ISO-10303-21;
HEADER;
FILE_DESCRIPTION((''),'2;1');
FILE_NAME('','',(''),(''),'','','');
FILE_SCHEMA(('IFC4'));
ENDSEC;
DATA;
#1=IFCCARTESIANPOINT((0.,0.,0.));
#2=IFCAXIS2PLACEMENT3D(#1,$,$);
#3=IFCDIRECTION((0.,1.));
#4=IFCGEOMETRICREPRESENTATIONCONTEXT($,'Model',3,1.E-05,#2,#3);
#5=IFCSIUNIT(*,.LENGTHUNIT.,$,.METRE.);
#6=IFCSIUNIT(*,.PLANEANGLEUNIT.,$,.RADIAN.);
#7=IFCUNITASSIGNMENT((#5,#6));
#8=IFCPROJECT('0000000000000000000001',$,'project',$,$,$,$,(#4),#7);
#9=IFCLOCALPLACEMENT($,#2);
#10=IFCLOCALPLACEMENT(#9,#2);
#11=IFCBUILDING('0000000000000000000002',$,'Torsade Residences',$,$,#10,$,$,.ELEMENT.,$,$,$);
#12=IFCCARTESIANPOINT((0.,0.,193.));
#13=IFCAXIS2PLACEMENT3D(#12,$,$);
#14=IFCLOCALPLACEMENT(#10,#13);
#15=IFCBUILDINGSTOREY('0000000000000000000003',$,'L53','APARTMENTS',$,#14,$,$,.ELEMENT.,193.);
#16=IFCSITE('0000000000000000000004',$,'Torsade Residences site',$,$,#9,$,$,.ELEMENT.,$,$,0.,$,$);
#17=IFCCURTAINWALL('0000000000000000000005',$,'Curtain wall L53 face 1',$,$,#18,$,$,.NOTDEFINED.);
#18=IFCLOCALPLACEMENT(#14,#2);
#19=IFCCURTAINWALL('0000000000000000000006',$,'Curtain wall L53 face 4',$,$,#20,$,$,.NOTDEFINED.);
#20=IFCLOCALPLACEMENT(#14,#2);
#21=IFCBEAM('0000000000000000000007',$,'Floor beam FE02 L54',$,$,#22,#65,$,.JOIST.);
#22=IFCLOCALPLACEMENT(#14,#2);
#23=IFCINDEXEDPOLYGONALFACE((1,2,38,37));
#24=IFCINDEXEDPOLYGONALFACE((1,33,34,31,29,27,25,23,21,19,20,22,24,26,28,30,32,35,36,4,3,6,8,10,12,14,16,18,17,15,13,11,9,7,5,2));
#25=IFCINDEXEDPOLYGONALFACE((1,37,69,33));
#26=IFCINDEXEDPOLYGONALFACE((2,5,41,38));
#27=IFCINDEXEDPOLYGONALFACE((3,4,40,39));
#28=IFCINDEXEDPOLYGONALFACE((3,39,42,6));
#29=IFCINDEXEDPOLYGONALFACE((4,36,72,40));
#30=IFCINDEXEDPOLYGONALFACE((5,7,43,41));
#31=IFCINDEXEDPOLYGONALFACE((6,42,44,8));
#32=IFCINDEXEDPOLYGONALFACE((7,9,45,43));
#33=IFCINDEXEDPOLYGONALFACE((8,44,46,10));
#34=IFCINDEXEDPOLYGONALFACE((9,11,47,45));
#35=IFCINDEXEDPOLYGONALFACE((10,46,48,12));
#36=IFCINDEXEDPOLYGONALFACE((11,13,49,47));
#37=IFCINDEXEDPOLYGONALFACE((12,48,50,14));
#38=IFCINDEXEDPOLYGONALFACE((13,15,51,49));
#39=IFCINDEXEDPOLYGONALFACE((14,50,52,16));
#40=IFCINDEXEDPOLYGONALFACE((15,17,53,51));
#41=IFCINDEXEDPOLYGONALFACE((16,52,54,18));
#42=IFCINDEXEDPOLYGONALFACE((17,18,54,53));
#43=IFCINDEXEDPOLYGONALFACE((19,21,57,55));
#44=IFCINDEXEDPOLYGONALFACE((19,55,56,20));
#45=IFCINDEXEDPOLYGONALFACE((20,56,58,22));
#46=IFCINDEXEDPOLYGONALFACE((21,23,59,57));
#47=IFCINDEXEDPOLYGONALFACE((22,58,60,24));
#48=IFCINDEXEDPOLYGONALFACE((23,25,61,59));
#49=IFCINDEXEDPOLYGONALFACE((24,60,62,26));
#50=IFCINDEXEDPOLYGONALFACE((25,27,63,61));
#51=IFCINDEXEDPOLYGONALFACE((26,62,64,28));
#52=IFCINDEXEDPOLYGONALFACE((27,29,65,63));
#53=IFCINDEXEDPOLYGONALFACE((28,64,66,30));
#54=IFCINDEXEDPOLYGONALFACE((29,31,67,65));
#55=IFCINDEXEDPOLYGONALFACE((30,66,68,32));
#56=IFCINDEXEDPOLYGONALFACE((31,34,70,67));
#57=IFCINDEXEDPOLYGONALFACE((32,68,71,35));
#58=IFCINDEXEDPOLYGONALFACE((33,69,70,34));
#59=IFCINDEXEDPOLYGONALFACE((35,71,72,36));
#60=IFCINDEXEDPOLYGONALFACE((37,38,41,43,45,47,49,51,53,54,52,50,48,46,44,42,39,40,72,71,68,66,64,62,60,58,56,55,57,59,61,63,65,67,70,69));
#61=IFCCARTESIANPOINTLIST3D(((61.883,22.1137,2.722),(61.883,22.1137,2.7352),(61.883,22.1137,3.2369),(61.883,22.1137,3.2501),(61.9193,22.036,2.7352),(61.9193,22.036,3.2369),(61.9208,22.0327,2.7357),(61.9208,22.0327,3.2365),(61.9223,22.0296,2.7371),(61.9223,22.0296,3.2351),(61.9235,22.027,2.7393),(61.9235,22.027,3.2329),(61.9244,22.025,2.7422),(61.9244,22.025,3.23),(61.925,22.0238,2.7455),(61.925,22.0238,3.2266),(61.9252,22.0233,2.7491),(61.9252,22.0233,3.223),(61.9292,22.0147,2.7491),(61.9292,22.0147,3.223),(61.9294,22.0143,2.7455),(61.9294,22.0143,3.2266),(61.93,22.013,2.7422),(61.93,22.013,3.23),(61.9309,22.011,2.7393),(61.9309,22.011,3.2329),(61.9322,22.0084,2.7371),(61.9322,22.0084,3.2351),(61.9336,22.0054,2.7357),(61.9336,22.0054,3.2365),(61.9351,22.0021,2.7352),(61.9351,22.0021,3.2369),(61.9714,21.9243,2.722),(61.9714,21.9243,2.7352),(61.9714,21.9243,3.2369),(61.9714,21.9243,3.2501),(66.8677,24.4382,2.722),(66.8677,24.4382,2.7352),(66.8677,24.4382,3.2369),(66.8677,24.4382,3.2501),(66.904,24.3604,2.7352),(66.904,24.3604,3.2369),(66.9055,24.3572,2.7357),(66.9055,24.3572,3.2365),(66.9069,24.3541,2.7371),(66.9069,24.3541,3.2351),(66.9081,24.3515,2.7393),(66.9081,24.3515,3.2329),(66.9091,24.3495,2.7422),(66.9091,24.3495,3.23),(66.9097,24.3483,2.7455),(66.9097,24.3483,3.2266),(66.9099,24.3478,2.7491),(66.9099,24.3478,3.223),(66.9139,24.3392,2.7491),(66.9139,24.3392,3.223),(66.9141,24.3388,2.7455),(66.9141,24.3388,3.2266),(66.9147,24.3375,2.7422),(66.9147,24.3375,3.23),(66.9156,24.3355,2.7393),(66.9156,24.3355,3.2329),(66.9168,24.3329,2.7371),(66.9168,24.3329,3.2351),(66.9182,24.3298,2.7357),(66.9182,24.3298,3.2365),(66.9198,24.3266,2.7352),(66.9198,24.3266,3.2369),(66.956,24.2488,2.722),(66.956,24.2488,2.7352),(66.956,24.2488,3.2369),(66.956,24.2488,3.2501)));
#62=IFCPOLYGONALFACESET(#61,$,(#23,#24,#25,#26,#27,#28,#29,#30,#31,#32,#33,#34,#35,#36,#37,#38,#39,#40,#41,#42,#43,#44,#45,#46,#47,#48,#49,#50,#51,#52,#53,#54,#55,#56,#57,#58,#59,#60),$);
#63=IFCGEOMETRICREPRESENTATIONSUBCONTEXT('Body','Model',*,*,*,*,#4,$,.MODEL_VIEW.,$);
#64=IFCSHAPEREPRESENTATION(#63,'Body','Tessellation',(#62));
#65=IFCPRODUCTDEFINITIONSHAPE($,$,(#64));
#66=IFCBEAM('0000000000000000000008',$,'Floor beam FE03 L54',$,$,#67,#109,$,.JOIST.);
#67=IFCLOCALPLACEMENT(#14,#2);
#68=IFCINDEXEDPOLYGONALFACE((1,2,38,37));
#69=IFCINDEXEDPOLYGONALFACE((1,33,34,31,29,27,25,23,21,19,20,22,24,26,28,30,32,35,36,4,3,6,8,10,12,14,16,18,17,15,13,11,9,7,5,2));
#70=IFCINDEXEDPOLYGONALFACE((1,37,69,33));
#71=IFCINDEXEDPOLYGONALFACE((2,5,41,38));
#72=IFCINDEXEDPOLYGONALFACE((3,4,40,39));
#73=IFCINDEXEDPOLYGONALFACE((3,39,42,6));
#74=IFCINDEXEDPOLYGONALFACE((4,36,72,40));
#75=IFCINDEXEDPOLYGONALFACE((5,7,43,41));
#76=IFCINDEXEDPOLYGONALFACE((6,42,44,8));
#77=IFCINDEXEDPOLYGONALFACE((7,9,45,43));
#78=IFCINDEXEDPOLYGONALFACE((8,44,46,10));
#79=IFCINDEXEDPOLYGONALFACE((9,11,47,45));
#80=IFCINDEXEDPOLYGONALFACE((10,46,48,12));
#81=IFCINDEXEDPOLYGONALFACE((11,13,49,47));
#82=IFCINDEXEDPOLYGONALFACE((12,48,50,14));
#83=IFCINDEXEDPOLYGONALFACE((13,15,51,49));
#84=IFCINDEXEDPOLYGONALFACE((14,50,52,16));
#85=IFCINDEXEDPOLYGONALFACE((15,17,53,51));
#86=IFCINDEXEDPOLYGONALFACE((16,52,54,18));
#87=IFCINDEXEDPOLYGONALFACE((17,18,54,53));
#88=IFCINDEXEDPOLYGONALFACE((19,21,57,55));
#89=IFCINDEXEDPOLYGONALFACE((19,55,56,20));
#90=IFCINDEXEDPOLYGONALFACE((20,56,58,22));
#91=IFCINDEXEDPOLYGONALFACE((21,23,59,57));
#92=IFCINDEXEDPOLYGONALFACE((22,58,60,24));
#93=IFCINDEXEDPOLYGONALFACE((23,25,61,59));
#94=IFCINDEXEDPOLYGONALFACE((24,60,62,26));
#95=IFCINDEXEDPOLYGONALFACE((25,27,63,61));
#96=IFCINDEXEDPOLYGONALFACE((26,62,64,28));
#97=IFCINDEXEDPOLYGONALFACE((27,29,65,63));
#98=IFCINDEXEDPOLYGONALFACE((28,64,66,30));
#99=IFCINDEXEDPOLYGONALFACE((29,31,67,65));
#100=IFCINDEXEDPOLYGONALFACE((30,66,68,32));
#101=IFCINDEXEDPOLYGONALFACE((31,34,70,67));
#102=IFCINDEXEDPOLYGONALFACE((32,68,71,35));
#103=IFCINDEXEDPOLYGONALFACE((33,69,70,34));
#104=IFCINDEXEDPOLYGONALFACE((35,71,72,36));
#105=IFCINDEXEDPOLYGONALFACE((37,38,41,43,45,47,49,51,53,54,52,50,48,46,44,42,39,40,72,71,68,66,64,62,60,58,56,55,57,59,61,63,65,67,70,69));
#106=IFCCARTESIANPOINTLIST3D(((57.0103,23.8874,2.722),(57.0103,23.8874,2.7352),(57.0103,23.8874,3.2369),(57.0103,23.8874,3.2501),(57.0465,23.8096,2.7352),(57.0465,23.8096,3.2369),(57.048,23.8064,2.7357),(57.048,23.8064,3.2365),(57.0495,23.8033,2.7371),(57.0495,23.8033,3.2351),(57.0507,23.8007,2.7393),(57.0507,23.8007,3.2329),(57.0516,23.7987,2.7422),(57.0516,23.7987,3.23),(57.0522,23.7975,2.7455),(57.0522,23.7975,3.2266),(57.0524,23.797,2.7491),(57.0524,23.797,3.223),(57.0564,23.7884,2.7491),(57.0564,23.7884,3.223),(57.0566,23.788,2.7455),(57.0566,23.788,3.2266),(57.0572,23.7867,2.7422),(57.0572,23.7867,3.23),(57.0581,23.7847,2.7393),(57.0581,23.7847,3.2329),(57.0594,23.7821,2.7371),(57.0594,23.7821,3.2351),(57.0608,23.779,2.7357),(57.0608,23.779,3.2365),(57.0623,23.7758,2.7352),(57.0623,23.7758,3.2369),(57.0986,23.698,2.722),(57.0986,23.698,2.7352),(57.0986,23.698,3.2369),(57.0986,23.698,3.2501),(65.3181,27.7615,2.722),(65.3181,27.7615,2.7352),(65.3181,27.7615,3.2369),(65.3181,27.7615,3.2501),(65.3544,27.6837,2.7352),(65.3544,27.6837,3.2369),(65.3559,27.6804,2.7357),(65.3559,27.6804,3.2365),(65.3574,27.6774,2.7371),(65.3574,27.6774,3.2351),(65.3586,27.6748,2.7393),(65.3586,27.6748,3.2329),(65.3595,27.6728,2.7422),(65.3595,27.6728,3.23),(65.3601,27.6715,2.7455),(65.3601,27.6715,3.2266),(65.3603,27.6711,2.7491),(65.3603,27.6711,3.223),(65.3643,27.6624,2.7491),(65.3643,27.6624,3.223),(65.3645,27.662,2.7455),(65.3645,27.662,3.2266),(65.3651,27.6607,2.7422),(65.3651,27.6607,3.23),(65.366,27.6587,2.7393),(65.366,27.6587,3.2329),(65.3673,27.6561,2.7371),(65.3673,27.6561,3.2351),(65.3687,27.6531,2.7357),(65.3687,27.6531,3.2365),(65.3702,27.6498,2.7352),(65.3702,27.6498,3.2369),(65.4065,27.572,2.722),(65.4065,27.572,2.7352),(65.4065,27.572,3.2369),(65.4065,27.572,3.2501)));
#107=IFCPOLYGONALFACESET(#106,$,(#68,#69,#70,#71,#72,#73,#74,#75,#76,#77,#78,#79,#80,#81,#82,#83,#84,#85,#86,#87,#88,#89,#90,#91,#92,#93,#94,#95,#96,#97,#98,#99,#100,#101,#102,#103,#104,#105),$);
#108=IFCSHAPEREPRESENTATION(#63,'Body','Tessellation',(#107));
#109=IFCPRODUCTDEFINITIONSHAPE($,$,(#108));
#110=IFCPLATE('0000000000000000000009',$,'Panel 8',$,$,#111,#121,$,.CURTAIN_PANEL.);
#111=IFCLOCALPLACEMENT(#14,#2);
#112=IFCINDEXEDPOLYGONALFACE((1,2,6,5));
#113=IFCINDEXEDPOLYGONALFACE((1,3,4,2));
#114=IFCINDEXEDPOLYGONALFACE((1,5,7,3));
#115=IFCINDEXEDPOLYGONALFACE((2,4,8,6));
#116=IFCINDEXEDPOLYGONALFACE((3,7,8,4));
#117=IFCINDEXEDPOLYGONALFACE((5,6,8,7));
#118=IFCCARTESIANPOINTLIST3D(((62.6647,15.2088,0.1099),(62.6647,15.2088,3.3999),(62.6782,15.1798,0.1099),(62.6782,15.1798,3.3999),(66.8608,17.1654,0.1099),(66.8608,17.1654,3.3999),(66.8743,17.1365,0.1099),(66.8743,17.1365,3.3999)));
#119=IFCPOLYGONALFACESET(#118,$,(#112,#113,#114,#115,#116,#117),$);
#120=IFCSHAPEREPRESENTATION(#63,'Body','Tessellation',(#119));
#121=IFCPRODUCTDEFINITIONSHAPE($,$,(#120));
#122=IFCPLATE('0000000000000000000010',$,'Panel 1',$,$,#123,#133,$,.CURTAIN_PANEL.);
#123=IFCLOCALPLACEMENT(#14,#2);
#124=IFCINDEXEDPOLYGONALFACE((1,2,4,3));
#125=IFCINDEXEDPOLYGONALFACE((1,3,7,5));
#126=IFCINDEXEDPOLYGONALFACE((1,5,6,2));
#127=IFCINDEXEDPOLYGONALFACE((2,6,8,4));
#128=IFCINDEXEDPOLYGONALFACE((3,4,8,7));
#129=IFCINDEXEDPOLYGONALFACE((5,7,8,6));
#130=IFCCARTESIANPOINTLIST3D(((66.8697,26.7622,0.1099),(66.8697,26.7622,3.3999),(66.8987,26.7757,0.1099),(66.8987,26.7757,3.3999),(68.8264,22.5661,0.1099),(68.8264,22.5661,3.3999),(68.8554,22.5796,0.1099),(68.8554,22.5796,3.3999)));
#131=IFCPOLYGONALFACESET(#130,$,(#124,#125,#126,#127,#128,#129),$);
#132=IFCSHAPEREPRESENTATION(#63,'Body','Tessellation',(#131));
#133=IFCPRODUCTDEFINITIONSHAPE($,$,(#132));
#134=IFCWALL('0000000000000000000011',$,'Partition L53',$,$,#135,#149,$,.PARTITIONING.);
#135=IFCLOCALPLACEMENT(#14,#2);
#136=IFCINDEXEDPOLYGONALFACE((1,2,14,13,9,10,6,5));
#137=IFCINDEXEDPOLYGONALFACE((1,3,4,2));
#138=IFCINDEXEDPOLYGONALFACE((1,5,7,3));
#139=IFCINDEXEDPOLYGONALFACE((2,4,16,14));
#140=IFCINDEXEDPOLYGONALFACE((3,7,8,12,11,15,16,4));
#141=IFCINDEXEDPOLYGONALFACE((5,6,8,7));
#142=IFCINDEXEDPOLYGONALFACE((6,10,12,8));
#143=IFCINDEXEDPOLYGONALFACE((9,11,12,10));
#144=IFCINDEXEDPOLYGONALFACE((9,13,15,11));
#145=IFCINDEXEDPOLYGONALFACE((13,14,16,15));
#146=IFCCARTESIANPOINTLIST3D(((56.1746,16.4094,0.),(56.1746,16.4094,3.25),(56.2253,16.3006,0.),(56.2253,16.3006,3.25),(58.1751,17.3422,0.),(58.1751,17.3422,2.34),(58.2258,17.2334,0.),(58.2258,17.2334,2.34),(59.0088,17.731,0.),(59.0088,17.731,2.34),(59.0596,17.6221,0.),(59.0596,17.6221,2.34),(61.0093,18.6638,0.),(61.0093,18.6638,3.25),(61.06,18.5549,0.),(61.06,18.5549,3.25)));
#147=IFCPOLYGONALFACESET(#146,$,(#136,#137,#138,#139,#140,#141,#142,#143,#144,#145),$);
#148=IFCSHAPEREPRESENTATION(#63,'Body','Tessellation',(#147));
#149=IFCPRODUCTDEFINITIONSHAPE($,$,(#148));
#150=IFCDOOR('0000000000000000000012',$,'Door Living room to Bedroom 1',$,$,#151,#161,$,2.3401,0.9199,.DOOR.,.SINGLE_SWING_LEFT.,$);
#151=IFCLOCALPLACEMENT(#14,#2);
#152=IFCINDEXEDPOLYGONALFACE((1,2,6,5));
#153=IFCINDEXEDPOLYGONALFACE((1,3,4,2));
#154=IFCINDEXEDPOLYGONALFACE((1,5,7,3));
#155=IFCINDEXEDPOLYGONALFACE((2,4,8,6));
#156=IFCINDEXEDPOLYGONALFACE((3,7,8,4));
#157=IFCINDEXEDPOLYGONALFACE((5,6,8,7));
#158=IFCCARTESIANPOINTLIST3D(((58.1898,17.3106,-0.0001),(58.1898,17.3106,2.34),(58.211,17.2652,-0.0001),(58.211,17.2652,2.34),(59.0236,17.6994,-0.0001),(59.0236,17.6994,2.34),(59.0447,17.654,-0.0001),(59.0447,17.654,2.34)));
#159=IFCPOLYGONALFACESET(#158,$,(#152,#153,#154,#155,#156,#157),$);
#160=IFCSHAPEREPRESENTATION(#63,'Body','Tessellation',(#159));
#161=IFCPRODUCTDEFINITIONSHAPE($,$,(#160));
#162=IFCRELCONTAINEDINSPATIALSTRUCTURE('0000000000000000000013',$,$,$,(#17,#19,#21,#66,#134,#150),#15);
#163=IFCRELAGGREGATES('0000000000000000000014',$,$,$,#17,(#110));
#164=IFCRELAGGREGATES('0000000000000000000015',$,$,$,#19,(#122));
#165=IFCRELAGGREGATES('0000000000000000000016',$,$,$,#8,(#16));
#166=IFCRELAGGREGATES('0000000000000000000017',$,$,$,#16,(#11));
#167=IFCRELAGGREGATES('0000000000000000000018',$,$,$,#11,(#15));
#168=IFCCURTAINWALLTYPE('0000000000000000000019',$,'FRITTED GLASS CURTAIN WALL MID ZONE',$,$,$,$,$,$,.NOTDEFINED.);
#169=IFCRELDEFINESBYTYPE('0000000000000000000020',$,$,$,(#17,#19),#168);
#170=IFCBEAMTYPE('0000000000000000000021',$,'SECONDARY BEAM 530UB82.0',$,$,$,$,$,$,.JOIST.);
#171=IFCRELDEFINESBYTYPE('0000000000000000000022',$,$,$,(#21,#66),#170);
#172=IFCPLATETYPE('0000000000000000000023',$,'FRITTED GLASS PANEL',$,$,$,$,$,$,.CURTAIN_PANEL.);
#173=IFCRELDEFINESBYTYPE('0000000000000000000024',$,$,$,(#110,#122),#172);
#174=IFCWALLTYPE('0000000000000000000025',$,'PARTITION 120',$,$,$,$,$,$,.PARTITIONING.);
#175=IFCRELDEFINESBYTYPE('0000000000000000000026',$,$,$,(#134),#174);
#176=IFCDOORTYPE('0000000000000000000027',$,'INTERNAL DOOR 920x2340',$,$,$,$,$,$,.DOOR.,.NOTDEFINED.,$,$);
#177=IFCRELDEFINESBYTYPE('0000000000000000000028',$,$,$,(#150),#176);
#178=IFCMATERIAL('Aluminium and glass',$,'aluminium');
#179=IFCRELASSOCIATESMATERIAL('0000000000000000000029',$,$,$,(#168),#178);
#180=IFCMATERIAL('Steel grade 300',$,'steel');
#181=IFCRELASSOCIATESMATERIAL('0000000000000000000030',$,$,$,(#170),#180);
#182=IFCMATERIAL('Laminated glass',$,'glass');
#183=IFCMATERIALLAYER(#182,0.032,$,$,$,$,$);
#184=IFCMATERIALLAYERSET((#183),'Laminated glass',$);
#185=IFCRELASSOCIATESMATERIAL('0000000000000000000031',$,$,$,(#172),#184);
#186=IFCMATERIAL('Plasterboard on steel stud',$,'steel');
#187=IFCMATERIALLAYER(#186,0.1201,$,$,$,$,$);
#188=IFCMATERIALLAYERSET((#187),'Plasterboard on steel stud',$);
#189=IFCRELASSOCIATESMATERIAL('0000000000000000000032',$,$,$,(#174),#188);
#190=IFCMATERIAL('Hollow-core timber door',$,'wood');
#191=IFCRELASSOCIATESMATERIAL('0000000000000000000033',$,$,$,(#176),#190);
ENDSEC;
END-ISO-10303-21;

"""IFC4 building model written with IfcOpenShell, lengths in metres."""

from ifc_helpers import new_model, si_unit, direction, frame, frame_2d, origin, origin_2d, place, context, subcontext, project, spatial, rectangle, i_section, extrude, material, layer, layer_set, material_profile, profile_set, type_object, element, fill, aggregate, save


model = new_model("IFC4")

# Units and contexts
model_context = context("Model", 3, precision=1e-05, world=origin(), true_north=direction((0.0, 1.0)))
body_context = subcontext(model_context, "Body", "Model", "MODEL_VIEW")
ifc_project = project(units=[si_unit("LENGTHUNIT", "METRE"), si_unit("PLANEANGLEUNIT", "RADIAN")], contexts=[model_context])

# Site, building, storey
site_placement = place(None, origin())
site = spatial("IfcSite", under=ifc_project, at=site_placement, Name="Torsade Residences site", CompositionType="ELEMENT", RefElevation=0.0)
building_placement = place(site_placement, origin())
building = spatial("IfcBuilding", under=site, at=building_placement, Name="Torsade Residences", CompositionType="ELEMENT")
storey_placement = place(building_placement, frame((0.0, 0.0, 193.0)))
storey = spatial("IfcBuildingStorey", under=building, at=storey_placement, Name="L53", Description="APARTMENTS", CompositionType="ELEMENT", Elevation=193.0)

# Curtain walls
ifc_material_1 = material(Name="Aluminium and glass", Category="aluminium")
curtain_wall_type = type_object("IfcCurtainWallType", Name="FRITTED GLASS CURTAIN WALL MID ZONE", PredefinedType="NOTDEFINED", material=ifc_material_1)
curtain_wall_1_placement = place(storey_placement, origin())
curtain_wall_1 = element("IfcCurtainWall", 1, at=curtain_wall_1_placement, inside=storey, type_object=curtain_wall_type, Name="Curtain wall L53 face 1", PredefinedType="NOTDEFINED")
curtain_wall_2_placement = place(storey_placement, origin())
curtain_wall_2 = element("IfcCurtainWall", 2, at=curtain_wall_2_placement, inside=storey, type_object=curtain_wall_type, Name="Curtain wall L53 face 4", PredefinedType="NOTDEFINED")

# Beams
ifc_material_2 = material(Name="Steel grade 300", Category="steel")
ifc_material_profile_1 = material_profile(ifc_material_2, i_section(OverallWidth=0.209, OverallDepth=0.5281, WebThickness=0.0095, FlangeThickness=0.0132, FilletRadius=0.0139, at=origin_2d()), Name="530UB82.0")
ifc_profile_set_1 = profile_set([ifc_material_profile_1], Name="Steel grade 300")
beam_type_1 = type_object("IfcBeamType", Name="SECONDARY BEAM 530UB82.0", PredefinedType="JOIST", material=ifc_profile_set_1)
beam_1_placement = place(storey_placement, frame((66.9119, 24.3435, 2.9861), z_axis=(-0.906301, -0.422633, 0.0), x_axis=(0.422633, -0.906301, 0.0)))
element("IfcBeam", 3, at=beam_1_placement, inside=storey, type_object=beam_type_1, Name="Floor beam FE02 L54", PredefinedType="JOIST", context=body_context, shape_type="SweptSolid", body=[
    extrude(i_section(OverallWidth=0.209, OverallDepth=0.5281, WebThickness=0.0095, FlangeThickness=0.0132, FilletRadius=0.0139, at=origin_2d()), origin(), (0.0, 0.0, 1.0), 5.5),
])
beam_2_placement = place(storey_placement, frame((65.3623, 27.6667, 2.9861), z_axis=(-0.906308, -0.422619, 0.0), x_axis=(0.422619, -0.906308, 0.0)))
element("IfcBeam", 4, at=beam_2_placement, inside=storey, type_object=beam_type_1, Name="Floor beam FE03 L54", PredefinedType="JOIST", context=body_context, shape_type="SweptSolid", body=[
    extrude(i_section(OverallWidth=0.209, OverallDepth=0.5281, WebThickness=0.0095, FlangeThickness=0.0132, FilletRadius=0.0139, at=origin_2d()), origin(), (0.0, 0.0, 1.0), 9.1667),
])

# Plates
ifc_material_3 = material(Name="Laminated glass", Category="glass")
ifc_layer_1 = layer(ifc_material_3, 0.032)
ifc_layer_set_1 = layer_set([ifc_layer_1], Name="Laminated glass")
plate_type = type_object("IfcPlateType", Name="FRITTED GLASS PANEL", PredefinedType="CURTAIN_PANEL", material=ifc_layer_set_1)
plate_1_placement = place(storey_placement, frame((64.7695, 16.1726, 0.1099), z_axis=(0.0, 0.0, 1.0), x_axis=(0.906308, 0.422618, 0.0)))
plate_1 = element("IfcPlate", 5, at=plate_1_placement, type_object=plate_type, Name="Panel 8", PredefinedType="CURTAIN_PANEL", context=body_context, shape_type="SweptSolid", body=[
    extrude(rectangle(XDim=4.6299, YDim=0.032, at=origin_2d()), origin(), (0.0, 0.0, 1.0), 3.29),
])
aggregate(curtain_wall_1, [plate_1])
plate_2_placement = place(storey_placement, frame((67.8625, 24.6709, 0.1099), z_axis=(0.0, 0.0, 1.0), x_axis=(-0.422618, 0.906308, 0.0)))
plate_2 = element("IfcPlate", 6, at=plate_2_placement, type_object=plate_type, Name="Panel 1", PredefinedType="CURTAIN_PANEL", context=body_context, shape_type="SweptSolid", body=[
    extrude(rectangle(XDim=4.6299, YDim=0.032, at=origin_2d()), origin(), (0.0, 0.0, 1.0), 3.29),
])
aggregate(curtain_wall_2, [plate_2])

# Wall, opening, door
ifc_material_4 = material(Name="Plasterboard on steel stud", Category="steel")
ifc_layer_2 = layer(ifc_material_4, 0.1201)
ifc_layer_set_2 = layer_set([ifc_layer_2], Name="Plasterboard on steel stud")
wall_type_1 = type_object("IfcWallType", Name="PARTITION 120", PredefinedType="PARTITIONING", material=ifc_layer_set_2)
wall_1_placement = place(storey_placement, frame((61.0347, 18.6094, 0.0), z_axis=(0.0, 0.0, 1.0), x_axis=(-0.906313, -0.422607, 0.0)))
wall_1 = element("IfcWall", 7, at=wall_1_placement, inside=storey, type_object=wall_type_1, Name="Partition L53", PredefinedType="PARTITIONING", context=body_context, shape_type="SweptSolid", body=[
    extrude(rectangle(XDim=5.3345, YDim=0.1201, at=frame_2d((2.6672, 0.0))), origin(), (0.0, 0.0, 1.0), 3.25),
])
opening_1_placement = place(wall_1_placement, frame((2.2073, 0.0, 0.0)))
opening_1 = element("IfcOpeningElement", 8, at=opening_1_placement, cuts=wall_1, PredefinedType="OPENING", context=body_context, shape_type="SweptSolid", body=[
    extrude(rectangle(XDim=0.9199, YDim=2.3401, at=frame_2d((0.46, 1.1699))), frame((0.0, 0.0701, 0.0), z_axis=(0.0, -1.0, 0.0), x_axis=(1.0, 0.0, 0.0)), (0.0, 0.0, 1.0), 0.1401),
])
ifc_material_5 = material(Name="Hollow-core timber door", Category="wood")
door_type_1 = type_object("IfcDoorType", Name="INTERNAL DOOR 920x2340", OperationType="NOTDEFINED", PredefinedType="DOOR", material=ifc_material_5)
door_1_placement = place(opening_1_placement, origin())
door_1 = element("IfcDoor", 9, at=door_1_placement, inside=storey, type_object=door_type_1, Name="Door Living room to Bedroom 1", OperationType="SINGLE_SWING_LEFT", OverallHeight=2.3401, OverallWidth=0.9199, PredefinedType="DOOR", context=body_context, shape_type="SweptSolid", body=[
    extrude(rectangle(XDim=0.9199, YDim=2.3401, at=frame_2d((0.46, 1.1699))), frame((0.0, 0.0249, 0.0), z_axis=(0.0, -1.0, 0.0), x_axis=(1.0, 0.0, 0.0)), (0.0, 0.0, 1.0), 0.05),
])
fill(opening_1, door_1)

save(model, "model.ifc")
